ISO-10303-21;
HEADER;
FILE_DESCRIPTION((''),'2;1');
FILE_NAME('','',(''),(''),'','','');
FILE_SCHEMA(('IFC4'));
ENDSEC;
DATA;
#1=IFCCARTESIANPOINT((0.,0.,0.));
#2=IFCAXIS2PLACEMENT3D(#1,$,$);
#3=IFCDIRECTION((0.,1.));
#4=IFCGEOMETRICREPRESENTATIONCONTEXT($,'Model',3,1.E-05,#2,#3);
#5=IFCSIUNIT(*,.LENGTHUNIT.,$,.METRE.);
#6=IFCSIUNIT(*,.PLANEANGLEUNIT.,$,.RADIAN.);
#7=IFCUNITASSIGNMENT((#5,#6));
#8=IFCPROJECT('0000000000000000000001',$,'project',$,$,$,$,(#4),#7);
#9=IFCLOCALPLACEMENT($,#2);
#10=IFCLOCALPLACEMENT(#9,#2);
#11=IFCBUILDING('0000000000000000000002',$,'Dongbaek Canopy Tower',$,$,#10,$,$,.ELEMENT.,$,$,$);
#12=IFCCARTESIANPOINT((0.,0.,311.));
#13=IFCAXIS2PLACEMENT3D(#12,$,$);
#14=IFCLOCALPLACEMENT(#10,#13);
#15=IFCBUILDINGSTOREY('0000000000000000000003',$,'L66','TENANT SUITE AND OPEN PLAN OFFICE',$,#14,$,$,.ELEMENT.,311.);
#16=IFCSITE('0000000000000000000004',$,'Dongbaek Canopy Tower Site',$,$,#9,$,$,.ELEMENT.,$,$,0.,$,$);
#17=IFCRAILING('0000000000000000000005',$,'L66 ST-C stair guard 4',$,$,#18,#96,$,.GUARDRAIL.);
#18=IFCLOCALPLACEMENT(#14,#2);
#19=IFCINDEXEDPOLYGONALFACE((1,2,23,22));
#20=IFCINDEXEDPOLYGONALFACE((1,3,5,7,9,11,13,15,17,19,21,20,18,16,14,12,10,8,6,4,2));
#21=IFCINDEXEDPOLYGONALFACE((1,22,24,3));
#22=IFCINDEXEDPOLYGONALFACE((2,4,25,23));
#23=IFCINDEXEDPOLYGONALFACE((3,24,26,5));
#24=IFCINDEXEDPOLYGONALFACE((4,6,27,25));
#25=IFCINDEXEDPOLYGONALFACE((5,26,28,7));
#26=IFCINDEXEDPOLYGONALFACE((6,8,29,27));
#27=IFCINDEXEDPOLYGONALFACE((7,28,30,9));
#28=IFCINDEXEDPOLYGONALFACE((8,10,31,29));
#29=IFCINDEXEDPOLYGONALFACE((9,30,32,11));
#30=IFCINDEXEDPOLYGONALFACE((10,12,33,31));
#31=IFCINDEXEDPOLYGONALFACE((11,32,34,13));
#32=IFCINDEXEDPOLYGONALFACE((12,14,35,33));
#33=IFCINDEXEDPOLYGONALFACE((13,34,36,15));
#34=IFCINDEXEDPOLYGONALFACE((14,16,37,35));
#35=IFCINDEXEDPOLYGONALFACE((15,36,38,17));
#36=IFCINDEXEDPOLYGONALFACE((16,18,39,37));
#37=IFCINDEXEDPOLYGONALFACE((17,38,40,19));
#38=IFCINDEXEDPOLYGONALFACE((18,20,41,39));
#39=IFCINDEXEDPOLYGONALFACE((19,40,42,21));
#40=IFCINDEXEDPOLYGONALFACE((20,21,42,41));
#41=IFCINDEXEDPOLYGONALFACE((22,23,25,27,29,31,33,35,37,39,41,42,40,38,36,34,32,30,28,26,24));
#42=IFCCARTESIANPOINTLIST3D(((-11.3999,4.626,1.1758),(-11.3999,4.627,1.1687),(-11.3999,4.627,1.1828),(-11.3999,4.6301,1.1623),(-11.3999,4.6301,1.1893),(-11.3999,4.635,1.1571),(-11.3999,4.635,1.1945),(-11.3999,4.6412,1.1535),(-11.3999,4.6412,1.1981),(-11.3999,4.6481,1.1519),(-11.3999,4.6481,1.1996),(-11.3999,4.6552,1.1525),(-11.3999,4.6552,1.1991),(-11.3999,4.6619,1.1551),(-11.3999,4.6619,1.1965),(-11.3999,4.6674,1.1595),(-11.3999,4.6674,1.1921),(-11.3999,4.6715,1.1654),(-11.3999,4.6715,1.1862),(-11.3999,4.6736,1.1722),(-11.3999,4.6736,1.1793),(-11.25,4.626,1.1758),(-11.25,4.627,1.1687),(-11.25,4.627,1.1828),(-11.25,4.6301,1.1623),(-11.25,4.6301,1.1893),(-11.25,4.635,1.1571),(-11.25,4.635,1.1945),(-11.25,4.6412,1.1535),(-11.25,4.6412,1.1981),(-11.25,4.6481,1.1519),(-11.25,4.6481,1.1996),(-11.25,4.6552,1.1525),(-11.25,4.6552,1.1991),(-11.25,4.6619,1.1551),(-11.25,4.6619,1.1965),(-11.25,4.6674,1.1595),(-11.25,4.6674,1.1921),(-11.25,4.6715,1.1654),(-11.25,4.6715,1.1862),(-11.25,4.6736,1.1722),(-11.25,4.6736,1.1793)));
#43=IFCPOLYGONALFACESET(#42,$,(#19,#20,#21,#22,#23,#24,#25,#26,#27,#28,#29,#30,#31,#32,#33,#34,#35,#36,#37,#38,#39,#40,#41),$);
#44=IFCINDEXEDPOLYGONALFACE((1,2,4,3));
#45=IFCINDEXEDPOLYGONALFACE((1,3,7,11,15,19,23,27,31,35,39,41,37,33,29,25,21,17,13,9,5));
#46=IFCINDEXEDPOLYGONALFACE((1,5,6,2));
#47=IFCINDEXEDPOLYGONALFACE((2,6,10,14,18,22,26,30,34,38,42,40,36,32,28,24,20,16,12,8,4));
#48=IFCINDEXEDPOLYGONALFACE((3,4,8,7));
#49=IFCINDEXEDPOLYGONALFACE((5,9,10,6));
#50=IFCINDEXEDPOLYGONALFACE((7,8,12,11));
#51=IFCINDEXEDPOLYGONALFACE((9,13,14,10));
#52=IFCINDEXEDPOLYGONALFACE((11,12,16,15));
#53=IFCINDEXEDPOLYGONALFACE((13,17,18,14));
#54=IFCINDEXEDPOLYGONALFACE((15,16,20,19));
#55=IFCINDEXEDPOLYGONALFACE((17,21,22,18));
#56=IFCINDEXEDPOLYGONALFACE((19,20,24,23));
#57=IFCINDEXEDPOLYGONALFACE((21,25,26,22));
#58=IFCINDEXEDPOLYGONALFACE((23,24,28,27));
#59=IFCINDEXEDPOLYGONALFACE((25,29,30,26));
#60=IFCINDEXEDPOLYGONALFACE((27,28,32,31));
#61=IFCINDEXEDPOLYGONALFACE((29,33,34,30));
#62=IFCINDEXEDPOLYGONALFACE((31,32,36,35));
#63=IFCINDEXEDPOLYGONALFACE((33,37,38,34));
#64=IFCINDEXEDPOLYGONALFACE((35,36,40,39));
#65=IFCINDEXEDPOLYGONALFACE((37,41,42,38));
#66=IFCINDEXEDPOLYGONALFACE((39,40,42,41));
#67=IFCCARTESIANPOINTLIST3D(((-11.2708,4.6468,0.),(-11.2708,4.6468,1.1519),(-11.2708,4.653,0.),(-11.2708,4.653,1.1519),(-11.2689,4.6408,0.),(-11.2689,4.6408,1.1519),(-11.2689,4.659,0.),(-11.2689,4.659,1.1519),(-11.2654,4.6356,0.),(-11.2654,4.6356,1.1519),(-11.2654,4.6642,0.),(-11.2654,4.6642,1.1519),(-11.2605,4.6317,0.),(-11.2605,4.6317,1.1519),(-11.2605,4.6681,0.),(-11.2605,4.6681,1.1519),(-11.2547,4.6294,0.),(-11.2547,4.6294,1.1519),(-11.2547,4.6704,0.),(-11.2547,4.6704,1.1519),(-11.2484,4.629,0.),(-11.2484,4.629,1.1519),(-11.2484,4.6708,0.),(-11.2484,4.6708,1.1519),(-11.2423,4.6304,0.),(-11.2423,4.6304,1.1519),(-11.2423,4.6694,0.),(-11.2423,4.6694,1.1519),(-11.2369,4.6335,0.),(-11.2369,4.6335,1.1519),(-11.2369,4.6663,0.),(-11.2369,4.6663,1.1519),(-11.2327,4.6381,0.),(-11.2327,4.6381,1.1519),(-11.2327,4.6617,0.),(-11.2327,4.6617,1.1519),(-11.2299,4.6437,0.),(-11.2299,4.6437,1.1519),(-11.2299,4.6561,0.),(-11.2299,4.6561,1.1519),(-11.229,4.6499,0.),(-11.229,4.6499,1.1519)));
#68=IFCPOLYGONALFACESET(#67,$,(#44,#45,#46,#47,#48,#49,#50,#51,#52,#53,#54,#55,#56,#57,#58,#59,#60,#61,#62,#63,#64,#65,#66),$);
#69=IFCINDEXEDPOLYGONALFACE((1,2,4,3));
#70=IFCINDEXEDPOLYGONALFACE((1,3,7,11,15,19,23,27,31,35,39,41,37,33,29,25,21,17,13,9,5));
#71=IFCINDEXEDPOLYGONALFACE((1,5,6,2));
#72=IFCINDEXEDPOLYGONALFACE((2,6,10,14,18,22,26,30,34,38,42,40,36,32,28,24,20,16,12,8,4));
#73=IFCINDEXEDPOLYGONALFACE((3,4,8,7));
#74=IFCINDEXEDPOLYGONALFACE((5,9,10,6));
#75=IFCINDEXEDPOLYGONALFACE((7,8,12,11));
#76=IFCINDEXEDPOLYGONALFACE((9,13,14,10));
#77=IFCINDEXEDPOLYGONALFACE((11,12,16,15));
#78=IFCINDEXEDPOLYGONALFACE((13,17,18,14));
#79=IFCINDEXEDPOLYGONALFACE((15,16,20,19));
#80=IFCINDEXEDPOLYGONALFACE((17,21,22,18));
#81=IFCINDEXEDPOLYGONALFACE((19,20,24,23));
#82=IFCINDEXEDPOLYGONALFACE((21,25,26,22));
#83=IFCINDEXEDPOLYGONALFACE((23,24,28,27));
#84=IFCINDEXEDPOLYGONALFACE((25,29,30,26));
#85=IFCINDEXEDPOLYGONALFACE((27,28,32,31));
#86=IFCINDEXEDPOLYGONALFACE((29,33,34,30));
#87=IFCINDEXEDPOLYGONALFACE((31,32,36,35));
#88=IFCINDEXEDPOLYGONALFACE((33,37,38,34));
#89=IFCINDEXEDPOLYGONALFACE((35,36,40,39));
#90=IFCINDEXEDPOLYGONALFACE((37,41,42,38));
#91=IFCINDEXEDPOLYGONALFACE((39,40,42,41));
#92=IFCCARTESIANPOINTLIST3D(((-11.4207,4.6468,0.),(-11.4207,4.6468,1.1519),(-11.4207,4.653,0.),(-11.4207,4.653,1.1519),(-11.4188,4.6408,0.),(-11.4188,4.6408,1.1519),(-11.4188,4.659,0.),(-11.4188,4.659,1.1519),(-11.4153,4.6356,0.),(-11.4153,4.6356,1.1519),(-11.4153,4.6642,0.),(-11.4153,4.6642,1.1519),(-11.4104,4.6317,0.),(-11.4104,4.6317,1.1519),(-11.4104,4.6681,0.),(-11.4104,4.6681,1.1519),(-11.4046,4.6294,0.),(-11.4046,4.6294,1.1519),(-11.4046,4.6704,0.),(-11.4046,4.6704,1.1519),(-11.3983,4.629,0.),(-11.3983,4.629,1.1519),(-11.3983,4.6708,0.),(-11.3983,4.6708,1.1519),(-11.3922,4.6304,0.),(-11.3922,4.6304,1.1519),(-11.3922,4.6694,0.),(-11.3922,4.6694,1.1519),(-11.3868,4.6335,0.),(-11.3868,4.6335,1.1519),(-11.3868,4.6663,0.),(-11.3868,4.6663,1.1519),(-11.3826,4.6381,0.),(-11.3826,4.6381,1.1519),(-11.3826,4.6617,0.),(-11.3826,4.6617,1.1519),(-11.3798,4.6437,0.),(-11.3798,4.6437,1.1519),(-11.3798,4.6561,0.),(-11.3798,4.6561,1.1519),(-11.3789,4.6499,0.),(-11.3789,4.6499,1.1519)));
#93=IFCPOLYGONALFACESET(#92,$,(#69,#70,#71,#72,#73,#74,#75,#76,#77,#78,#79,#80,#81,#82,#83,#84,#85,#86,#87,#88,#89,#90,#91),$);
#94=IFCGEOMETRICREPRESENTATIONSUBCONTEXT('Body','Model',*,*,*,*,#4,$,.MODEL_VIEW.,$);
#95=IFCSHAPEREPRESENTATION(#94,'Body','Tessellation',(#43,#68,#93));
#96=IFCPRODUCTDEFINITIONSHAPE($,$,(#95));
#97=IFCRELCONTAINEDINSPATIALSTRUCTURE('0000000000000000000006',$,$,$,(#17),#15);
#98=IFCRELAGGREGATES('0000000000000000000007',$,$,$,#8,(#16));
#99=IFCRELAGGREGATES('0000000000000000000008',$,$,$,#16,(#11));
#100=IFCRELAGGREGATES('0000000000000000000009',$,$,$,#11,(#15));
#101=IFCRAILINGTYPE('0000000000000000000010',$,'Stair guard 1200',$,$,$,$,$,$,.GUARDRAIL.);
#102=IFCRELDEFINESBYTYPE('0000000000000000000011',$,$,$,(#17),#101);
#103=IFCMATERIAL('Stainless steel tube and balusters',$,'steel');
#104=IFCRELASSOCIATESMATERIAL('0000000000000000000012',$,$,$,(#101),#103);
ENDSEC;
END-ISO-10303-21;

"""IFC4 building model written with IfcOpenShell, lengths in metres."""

from ifc_helpers import new_model, si_unit, direction, frame, origin, origin_2d, place, context, subcontext, project, spatial, circle, extrude, material, type_object, element, save


model = new_model("IFC4")

# Units and contexts
model_context = context("Model", 3, precision=1e-05, world=origin(), true_north=direction((0.0, 1.0)))
body_context = subcontext(model_context, "Body", "Model", "MODEL_VIEW")
ifc_project = project(units=[si_unit("LENGTHUNIT", "METRE"), si_unit("PLANEANGLEUNIT", "RADIAN")], contexts=[model_context])

# Site, building, storey
site_placement = place(None, origin())
site = spatial("IfcSite", under=ifc_project, at=site_placement, Name="Dongbaek Canopy Tower Site", CompositionType="ELEMENT", RefElevation=0.0)
building_placement = place(site_placement, origin())
building = spatial("IfcBuilding", under=site, at=building_placement, Name="Dongbaek Canopy Tower", CompositionType="ELEMENT")
storey_placement = place(building_placement, frame((0.0, 0.0, 311.0)))
storey = spatial("IfcBuildingStorey", under=building, at=storey_placement, Name="L66", Description="TENANT SUITE AND OPEN PLAN OFFICE", CompositionType="ELEMENT", Elevation=311.0)

# Railing
ifc_material_1 = material(Name="Stainless steel tube and balusters", Category="steel")
railing_type_1 = type_object("IfcRailingType", Name="Stair guard 1200", PredefinedType="GUARDRAIL", material=ifc_material_1)
railing_1_placement = place(storey_placement, frame((-11.25, 4.6499, 0.0)))
element("IfcRailing", 1, at=railing_1_placement, inside=storey, type_object=railing_type_1, Name="L66 ST-C stair guard 4", PredefinedType="GUARDRAIL", context=body_context, shape_type="SweptSolid", body=[
    extrude(circle(Radius=0.0239, at=origin_2d()), frame((0.0, 0.0, 1.1758), z_axis=(-1.0, 0.0, 0.0), x_axis=(0.0, -1.0, 0.0)), (0.0, 0.0, 1.0), 0.1499),
    extrude(circle(Radius=0.021, at=origin_2d()), origin(), (0.0, 0.0, 1.0), 1.1519),
    extrude(circle(Radius=0.021, at=origin_2d()), frame((-0.1499, 0.0, 0.0)), (0.0, 0.0, 1.0), 1.1519),
])

save(model, "model.ifc")
